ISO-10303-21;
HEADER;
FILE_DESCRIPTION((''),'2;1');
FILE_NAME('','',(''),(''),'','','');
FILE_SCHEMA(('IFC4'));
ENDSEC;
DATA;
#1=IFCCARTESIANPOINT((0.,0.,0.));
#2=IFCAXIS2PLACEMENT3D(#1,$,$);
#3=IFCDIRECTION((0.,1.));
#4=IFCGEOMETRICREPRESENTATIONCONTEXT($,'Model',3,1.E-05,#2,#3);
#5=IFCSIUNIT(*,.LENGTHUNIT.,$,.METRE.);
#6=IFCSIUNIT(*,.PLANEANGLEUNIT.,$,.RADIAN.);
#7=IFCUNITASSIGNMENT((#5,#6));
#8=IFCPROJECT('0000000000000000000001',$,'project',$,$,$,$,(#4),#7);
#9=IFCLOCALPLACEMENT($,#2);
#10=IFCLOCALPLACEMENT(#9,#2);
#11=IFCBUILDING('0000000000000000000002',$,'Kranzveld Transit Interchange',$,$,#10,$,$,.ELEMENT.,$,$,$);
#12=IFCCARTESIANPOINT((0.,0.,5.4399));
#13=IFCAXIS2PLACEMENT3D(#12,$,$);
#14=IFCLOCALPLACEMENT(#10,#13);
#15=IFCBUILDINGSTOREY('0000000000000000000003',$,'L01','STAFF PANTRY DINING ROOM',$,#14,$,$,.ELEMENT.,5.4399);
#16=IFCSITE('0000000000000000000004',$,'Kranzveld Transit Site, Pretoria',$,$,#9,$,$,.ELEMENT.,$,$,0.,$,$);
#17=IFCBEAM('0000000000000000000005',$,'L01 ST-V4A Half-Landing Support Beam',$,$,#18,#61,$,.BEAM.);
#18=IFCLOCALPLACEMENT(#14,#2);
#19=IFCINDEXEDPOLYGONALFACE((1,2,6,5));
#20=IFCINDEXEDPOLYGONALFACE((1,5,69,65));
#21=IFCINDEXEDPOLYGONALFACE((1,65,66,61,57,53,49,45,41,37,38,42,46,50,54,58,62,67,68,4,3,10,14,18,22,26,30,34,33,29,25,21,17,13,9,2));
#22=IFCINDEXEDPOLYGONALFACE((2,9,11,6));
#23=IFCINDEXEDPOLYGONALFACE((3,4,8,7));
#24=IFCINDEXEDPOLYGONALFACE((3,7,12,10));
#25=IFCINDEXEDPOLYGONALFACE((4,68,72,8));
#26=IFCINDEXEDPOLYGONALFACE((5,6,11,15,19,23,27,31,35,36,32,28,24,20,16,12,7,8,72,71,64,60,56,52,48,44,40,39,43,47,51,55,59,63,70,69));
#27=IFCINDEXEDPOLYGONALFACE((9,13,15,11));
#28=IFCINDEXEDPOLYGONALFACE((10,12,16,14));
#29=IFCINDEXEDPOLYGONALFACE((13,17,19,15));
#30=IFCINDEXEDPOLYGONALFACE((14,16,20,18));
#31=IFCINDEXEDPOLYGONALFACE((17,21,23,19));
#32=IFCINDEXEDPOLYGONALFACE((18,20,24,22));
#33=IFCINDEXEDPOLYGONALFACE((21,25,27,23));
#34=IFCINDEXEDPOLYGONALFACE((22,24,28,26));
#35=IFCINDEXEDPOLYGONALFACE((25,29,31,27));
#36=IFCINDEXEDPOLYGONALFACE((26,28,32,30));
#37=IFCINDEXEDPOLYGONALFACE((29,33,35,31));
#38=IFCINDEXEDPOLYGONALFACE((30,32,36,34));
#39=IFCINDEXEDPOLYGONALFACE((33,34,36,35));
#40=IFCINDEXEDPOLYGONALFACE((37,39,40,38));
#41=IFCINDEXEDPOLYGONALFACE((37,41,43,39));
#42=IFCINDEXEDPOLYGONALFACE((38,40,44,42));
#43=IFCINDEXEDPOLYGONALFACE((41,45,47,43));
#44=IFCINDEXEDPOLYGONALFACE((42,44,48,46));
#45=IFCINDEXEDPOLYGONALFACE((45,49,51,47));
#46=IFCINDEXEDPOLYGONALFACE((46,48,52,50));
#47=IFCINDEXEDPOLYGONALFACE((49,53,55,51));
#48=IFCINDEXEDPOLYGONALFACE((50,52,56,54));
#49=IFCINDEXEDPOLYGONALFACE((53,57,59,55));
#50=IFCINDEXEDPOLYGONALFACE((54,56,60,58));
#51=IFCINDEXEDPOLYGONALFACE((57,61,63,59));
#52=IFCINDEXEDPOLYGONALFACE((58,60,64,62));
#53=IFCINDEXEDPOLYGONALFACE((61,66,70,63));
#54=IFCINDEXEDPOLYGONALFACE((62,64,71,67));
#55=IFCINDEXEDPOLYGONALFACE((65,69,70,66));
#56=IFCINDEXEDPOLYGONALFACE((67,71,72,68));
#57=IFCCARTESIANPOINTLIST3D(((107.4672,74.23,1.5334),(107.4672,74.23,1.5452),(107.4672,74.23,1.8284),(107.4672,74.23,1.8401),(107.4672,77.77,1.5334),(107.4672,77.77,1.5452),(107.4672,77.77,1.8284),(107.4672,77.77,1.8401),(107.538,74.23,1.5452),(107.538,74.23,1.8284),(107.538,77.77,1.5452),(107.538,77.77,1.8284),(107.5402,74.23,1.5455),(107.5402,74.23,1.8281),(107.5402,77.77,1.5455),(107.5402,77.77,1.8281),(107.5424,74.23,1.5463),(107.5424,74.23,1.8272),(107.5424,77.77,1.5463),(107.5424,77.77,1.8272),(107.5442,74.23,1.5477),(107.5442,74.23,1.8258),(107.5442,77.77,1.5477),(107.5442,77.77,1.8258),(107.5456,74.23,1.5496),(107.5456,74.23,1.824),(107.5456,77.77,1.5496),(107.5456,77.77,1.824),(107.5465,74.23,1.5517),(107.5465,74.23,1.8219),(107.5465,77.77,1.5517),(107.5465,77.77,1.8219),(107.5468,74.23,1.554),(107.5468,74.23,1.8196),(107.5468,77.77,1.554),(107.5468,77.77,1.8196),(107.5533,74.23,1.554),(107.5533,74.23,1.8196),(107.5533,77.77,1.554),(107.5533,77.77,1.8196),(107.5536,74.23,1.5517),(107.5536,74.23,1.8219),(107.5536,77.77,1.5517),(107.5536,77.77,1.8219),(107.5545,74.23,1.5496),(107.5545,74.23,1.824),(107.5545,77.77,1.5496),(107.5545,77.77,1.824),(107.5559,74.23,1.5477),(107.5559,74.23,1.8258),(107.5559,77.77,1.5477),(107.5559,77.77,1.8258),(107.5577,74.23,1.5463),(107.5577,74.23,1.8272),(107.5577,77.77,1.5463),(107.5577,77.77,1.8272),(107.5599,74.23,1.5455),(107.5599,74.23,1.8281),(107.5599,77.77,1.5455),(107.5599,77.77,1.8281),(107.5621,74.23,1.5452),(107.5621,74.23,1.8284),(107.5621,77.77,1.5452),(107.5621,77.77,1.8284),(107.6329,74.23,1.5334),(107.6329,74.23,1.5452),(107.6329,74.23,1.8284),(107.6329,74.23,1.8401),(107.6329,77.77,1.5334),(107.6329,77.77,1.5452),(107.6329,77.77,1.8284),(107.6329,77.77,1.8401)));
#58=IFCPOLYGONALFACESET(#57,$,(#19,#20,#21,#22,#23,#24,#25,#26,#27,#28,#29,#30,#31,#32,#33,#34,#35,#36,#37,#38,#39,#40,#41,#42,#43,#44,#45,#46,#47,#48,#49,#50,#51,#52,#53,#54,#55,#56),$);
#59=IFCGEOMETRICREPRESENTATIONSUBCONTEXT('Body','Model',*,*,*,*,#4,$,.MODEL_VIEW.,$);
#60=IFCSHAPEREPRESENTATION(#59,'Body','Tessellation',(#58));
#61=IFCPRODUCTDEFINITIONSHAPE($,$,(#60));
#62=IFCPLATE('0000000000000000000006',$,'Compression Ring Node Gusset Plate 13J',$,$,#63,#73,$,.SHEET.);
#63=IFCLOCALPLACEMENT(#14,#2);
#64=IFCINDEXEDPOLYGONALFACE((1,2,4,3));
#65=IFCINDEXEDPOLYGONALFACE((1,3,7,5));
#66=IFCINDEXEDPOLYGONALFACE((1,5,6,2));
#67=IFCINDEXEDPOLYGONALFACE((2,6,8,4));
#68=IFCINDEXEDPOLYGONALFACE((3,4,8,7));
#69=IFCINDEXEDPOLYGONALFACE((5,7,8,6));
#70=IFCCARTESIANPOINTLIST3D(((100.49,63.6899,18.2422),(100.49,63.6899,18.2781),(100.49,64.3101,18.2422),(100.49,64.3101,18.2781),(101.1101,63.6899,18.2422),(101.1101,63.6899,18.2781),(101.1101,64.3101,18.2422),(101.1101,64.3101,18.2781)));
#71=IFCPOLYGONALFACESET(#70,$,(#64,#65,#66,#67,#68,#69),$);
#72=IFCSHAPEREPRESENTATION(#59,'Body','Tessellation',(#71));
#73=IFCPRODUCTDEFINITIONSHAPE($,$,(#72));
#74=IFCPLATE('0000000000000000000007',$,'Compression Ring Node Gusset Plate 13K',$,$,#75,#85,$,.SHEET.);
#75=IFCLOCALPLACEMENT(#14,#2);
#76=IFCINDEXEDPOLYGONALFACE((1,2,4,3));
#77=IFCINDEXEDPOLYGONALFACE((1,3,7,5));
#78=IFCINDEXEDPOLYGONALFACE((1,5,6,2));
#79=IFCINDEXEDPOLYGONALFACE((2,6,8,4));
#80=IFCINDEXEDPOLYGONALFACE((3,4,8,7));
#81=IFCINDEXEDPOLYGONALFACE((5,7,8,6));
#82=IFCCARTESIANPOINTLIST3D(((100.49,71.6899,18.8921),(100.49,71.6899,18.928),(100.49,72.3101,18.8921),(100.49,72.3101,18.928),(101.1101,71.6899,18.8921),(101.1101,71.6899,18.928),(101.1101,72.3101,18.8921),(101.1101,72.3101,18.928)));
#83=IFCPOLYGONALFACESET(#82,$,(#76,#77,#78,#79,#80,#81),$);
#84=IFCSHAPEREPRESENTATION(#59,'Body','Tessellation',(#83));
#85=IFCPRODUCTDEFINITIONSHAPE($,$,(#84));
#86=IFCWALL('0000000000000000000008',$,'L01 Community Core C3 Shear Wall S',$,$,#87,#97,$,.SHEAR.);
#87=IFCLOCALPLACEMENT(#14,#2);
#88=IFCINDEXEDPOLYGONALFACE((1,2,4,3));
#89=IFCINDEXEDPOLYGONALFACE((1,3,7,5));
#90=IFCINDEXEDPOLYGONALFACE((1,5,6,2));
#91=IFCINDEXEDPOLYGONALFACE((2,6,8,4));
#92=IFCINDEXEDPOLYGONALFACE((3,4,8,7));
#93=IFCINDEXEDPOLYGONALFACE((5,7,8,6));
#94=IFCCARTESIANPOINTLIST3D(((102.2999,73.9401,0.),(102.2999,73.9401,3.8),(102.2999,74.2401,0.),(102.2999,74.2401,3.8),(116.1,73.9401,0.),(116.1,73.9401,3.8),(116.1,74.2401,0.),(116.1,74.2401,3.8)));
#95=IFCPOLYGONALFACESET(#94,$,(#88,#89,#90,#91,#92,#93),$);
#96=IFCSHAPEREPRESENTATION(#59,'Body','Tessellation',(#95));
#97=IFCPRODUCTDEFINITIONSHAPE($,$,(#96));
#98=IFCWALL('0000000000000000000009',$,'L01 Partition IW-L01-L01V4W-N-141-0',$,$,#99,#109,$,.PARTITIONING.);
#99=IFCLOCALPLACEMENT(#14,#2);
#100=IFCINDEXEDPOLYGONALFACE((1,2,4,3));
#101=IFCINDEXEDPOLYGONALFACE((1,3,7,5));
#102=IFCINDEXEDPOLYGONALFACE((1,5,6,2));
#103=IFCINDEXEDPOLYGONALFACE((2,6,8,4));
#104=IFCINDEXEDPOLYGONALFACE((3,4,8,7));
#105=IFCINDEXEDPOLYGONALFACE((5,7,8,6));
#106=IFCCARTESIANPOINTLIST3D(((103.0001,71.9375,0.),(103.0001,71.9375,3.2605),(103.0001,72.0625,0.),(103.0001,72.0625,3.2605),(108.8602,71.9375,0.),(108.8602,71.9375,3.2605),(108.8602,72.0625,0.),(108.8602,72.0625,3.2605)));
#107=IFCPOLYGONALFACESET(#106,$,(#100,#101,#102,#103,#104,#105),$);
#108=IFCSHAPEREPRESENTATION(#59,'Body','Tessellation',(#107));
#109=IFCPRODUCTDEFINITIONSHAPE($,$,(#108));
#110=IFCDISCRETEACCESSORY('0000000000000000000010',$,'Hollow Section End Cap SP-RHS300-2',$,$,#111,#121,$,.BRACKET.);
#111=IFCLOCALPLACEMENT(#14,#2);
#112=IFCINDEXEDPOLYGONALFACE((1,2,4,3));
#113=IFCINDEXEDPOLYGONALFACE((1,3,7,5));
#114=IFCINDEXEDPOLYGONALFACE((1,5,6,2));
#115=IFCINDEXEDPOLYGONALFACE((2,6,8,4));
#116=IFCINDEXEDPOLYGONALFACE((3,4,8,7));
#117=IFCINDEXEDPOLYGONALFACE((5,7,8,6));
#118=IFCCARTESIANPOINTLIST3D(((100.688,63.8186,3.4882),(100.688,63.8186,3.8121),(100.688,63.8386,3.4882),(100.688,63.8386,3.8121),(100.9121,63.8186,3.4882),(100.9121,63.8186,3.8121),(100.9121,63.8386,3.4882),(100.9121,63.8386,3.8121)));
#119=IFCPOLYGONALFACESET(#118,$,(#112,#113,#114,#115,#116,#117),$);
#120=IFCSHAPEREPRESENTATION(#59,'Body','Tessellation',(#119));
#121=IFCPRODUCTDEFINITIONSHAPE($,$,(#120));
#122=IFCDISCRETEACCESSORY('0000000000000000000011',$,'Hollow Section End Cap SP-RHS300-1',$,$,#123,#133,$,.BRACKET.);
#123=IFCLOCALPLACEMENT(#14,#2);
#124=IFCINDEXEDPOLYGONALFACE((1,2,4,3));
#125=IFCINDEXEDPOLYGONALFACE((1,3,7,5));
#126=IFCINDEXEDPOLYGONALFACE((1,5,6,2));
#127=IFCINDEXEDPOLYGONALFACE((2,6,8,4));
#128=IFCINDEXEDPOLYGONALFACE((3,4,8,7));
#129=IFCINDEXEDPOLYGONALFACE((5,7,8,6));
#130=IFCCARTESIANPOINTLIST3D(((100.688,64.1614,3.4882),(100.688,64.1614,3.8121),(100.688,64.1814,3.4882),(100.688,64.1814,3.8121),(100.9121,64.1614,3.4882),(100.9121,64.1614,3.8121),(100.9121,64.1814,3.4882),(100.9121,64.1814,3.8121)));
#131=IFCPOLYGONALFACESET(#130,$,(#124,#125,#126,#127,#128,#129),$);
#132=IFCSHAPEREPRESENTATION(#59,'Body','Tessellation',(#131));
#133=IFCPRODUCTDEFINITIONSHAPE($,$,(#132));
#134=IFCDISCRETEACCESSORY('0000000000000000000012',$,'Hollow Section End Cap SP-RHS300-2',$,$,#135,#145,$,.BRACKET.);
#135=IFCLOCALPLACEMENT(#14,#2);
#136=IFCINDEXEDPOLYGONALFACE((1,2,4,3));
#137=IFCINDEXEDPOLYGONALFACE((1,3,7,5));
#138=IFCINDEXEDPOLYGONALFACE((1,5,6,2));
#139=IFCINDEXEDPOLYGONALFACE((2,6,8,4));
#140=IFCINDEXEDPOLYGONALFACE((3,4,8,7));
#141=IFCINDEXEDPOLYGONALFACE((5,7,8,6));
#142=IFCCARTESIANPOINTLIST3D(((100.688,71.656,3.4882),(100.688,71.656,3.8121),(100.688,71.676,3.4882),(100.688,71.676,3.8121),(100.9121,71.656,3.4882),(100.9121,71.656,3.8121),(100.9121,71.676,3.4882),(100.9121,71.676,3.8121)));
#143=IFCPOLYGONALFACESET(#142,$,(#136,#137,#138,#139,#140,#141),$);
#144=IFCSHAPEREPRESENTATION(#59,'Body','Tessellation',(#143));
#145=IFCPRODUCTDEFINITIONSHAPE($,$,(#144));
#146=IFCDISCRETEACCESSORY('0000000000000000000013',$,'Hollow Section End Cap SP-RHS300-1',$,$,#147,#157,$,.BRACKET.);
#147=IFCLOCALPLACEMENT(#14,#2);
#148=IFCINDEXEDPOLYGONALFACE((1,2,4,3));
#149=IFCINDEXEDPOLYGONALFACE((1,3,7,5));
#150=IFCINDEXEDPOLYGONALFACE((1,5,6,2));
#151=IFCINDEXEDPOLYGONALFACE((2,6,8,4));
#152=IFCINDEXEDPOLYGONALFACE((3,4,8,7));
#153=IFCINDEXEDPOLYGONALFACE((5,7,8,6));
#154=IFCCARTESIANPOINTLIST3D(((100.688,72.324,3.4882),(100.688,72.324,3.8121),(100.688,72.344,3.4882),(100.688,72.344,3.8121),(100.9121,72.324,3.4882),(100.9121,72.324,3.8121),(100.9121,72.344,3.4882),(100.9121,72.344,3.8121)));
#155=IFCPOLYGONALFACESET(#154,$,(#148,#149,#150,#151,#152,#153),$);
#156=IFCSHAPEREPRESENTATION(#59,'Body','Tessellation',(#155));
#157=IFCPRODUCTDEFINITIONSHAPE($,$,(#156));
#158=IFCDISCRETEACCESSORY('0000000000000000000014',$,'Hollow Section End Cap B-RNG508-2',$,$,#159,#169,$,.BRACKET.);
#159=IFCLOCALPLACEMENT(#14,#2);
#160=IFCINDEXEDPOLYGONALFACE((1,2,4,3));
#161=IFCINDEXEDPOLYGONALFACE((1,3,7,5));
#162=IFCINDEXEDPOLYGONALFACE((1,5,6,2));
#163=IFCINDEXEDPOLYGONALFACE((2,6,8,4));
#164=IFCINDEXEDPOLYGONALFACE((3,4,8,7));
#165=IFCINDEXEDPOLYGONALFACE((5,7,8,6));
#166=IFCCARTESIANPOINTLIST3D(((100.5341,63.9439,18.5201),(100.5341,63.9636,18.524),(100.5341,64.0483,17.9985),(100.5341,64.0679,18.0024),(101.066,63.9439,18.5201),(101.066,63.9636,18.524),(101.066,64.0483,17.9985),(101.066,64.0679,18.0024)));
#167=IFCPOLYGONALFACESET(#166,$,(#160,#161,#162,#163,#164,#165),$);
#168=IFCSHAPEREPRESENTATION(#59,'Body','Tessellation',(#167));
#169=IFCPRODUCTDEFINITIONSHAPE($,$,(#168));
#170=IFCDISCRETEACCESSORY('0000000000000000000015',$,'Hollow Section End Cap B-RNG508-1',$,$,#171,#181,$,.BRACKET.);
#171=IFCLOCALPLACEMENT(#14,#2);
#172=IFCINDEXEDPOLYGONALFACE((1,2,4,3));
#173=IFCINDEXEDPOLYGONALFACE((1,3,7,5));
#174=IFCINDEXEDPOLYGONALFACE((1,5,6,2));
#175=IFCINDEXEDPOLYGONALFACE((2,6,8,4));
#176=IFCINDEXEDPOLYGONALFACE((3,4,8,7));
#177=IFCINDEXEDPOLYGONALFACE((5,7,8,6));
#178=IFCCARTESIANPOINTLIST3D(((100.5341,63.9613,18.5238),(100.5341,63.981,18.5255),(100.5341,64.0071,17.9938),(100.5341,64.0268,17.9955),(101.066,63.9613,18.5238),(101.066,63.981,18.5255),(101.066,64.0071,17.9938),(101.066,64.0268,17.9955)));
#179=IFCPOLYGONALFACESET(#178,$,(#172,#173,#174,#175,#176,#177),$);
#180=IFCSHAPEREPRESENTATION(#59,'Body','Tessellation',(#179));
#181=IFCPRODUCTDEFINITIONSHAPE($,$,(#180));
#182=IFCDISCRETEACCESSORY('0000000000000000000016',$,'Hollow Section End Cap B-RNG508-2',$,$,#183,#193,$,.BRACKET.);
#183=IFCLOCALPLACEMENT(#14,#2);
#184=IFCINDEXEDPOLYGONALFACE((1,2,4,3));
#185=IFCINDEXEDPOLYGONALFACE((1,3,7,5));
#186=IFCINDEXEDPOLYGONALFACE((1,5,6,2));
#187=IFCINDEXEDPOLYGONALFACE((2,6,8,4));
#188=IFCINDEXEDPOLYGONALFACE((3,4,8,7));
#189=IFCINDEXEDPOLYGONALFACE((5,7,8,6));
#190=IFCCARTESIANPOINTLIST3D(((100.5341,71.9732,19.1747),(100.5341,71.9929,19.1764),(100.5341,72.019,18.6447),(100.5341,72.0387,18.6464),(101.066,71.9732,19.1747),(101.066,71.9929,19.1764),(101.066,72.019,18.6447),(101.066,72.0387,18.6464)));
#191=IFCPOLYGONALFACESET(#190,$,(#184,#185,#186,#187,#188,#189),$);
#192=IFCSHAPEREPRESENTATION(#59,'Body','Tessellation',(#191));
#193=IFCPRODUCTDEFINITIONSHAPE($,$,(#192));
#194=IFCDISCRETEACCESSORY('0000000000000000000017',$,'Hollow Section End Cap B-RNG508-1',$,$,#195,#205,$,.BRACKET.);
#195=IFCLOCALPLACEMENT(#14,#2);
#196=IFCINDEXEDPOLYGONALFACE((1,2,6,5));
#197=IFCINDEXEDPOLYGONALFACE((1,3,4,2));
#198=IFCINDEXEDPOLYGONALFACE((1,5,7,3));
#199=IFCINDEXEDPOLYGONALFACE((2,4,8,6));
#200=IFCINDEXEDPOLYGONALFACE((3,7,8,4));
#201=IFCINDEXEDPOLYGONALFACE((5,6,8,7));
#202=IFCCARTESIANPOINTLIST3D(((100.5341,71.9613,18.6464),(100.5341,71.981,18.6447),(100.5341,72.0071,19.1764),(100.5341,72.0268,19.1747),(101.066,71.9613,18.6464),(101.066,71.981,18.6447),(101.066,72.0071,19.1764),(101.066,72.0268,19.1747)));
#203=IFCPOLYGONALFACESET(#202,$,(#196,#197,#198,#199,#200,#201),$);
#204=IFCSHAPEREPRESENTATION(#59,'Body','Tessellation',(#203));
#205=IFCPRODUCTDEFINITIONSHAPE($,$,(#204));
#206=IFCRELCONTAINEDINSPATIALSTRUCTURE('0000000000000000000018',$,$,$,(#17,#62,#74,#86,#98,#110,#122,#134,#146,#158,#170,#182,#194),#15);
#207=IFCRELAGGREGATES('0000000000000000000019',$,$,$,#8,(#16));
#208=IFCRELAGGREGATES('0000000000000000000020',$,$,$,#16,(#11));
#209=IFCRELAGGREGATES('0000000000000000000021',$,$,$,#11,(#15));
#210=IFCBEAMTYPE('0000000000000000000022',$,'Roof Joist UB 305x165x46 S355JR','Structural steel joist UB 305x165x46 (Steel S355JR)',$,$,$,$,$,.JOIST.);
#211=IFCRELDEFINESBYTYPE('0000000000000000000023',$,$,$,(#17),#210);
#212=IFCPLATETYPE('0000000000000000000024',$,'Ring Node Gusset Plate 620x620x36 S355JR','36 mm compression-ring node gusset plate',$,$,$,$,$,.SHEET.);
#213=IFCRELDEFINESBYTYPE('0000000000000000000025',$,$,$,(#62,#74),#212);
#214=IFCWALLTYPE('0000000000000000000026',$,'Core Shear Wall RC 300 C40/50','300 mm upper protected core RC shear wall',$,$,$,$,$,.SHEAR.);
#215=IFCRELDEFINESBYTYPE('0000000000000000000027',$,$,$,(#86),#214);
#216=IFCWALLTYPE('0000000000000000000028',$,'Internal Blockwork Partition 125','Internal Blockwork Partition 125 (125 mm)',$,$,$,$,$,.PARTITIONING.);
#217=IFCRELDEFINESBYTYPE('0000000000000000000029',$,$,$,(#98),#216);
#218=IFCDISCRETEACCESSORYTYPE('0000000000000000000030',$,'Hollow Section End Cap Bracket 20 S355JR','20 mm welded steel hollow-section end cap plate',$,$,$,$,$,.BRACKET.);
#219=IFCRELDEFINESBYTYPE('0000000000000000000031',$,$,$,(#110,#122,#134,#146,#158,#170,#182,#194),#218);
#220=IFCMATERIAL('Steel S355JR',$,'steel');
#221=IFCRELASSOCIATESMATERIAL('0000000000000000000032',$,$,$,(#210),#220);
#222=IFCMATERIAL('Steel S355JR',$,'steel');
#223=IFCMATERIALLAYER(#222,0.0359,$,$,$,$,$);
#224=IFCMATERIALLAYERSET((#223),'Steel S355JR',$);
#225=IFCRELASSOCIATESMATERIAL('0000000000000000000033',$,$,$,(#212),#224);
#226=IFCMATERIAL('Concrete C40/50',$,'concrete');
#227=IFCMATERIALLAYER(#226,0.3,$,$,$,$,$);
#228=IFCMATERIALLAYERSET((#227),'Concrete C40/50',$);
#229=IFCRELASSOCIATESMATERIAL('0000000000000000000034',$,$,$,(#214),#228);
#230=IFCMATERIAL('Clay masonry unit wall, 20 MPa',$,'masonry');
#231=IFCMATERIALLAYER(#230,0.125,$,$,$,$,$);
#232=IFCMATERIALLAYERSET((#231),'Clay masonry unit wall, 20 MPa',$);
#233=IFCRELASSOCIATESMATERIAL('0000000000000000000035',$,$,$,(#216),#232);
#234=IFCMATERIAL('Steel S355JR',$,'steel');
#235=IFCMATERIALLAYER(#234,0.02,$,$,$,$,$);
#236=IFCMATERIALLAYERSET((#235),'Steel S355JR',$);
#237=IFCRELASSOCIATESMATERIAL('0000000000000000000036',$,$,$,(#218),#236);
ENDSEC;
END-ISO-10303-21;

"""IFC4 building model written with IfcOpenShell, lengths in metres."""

from ifc_helpers import new_model, si_unit, direction, frame, frame_2d, origin, origin_2d, place, context, subcontext, project, spatial, rectangle, i_section, extrude, material, layer, layer_set, material_profile, profile_set, type_object, element, save


model = new_model("IFC4")

# Units and contexts
model_context = context("Model", 3, precision=1e-05, world=origin(), true_north=direction((0.0, 1.0)))
body_context = subcontext(model_context, "Body", "Model", "MODEL_VIEW")
ifc_project = project(units=[si_unit("LENGTHUNIT", "METRE"), si_unit("PLANEANGLEUNIT", "RADIAN")], contexts=[model_context])

# Site, building, storey
site_placement = place(None, origin())
site = spatial("IfcSite", under=ifc_project, at=site_placement, Name="Kranzveld Transit Site, Pretoria", CompositionType="ELEMENT", RefElevation=0.0)
building_placement = place(site_placement, origin())
building = spatial("IfcBuilding", under=site, at=building_placement, Name="Kranzveld Transit Interchange", CompositionType="ELEMENT")
storey_placement = place(building_placement, frame((0.0, 0.0, 5.4399)))
storey = spatial("IfcBuildingStorey", under=building, at=storey_placement, Name="L01", Description="STAFF PANTRY DINING ROOM", CompositionType="ELEMENT", Elevation=5.4399)

# Beam
ifc_material_1 = material(Name="Steel S355JR", Category="steel")
ifc_material_profile_1 = material_profile(ifc_material_1, i_section(OverallWidth=0.1658, OverallDepth=0.3066, WebThickness=0.0066, FlangeThickness=0.0117, FilletRadius=0.0088, at=origin_2d()), Name="UB 305x165x46")
ifc_profile_set_1 = profile_set([ifc_material_profile_1], Name="Steel S355JR")
beam_type_1 = type_object("IfcBeamType", Name="Roof Joist UB 305x165x46 S355JR", Description="Structural steel joist UB 305x165x46 (Steel S355JR)", PredefinedType="JOIST", material=ifc_profile_set_1)
beam_1_placement = place(storey_placement, frame((107.55, 74.23, 1.6868), z_axis=(0.0, 1.0, 0.0), x_axis=(-1.0, 0.0, 0.0)))
element("IfcBeam", 1, at=beam_1_placement, inside=storey, type_object=beam_type_1, Name="L01 ST-V4A Half-Landing Support Beam", PredefinedType="BEAM", context=body_context, shape_type="SweptSolid", body=[
    extrude(i_section(OverallWidth=0.1658, OverallDepth=0.3066, WebThickness=0.0066, FlangeThickness=0.0117, FilletRadius=0.0088, at=origin_2d()), origin(), (0.0, 0.0, 1.0), 3.54),
])

# Plates
ifc_material_2 = material(Name="Steel S355JR", Category="steel")
ifc_layer_1 = layer(ifc_material_2, 0.0359)
ifc_layer_set_1 = layer_set([ifc_layer_1], Name="Steel S355JR")
plate_type = type_object("IfcPlateType", Name="Ring Node Gusset Plate 620x620x36 S355JR", Description="36 mm compression-ring node gusset plate", PredefinedType="SHEET", material=ifc_layer_set_1)
for number, where, z_axis, x_axis, name in (
    (2, (100.8, 64.0, 18.2422), (0.0, 0.0, 1.0), (1.0, 0.0, 0.0), "Compression Ring Node Gusset Plate 13J"),
    (3, (100.8, 72.0, 18.8921), (0.0, 0.0, 1.0), (1.0, 0.0, 0.0), "Compression Ring Node Gusset Plate 13K"),
):
    element("IfcPlate", number, at=place(storey_placement, frame(where, z_axis=z_axis, x_axis=x_axis)), inside=storey, type_object=plate_type, Name=name, PredefinedType="SHEET", context=body_context, shape_type="SweptSolid", body=[
        extrude(rectangle(XDim=0.6201, YDim=0.6201, at=origin_2d()), origin(), (0.0, 0.0, 1.0), 0.0359),
    ])

# Walls
ifc_material_3 = material(Name="Concrete C40/50", Category="concrete")
ifc_layer_2 = layer(ifc_material_3, 0.3)
ifc_layer_set_2 = layer_set([ifc_layer_2], Name="Concrete C40/50")
wall_type_1 = type_object("IfcWallType", Name="Core Shear Wall RC 300 C40/50", Description="300 mm upper protected core RC shear wall", PredefinedType="SHEAR", material=ifc_layer_set_2)
wall_1_placement = place(storey_placement, frame((102.3, 74.0901, 0.0), z_axis=(0.0, 0.0, 1.0), x_axis=(1.0, 0.0, 0.0)))
element("IfcWall", 4, at=wall_1_placement, inside=storey, type_object=wall_type_1, Name="L01 Community Core C3 Shear Wall S", PredefinedType="SHEAR", context=body_context, shape_type="SweptSolid", body=[
    extrude(rectangle(XDim=13.8, YDim=0.3, at=frame_2d((6.8999, 0.0))), origin(), (0.0, 0.0, 1.0), 3.8),
])
ifc_material_4 = material(Name="Clay masonry unit wall, 20 MPa", Category="masonry")
ifc_layer_3 = layer(ifc_material_4, 0.125)
ifc_layer_set_3 = layer_set([ifc_layer_3], Name="Clay masonry unit wall, 20 MPa")
wall_type_2 = type_object("IfcWallType", Name="Internal Blockwork Partition 125", Description="Internal Blockwork Partition 125 (125 mm)", PredefinedType="PARTITIONING", material=ifc_layer_set_3)
wall_2_placement = place(storey_placement, frame((103.0, 72.0, 0.0), z_axis=(0.0, 0.0, 1.0), x_axis=(1.0, 0.0, 0.0)))
element("IfcWall", 5, at=wall_2_placement, inside=storey, type_object=wall_type_2, Name="L01 Partition IW-L01-L01V4W-N-141-0", PredefinedType="PARTITIONING", context=body_context, shape_type="SweptSolid", body=[
    extrude(rectangle(XDim=5.8601, YDim=0.125, at=frame_2d((2.9302, 0.0))), origin(), (0.0, 0.0, 1.0), 3.2605),
])

# Discrete accessories
ifc_material_5 = material(Name="Steel S355JR", Category="steel")
ifc_layer_4 = layer(ifc_material_5, 0.02)
ifc_layer_set_4 = layer_set([ifc_layer_4], Name="Steel S355JR")
discrete_accessory_type = type_object("IfcDiscreteAccessoryType", Name="Hollow Section End Cap Bracket 20 S355JR", Description="20 mm welded steel hollow-section end cap plate", PredefinedType="BRACKET", material=ifc_layer_set_4)
for number, where, z_axis, x_axis, name in (
    (6, (100.8, 63.8186, 3.6501), (0.0, 1.0, 0.0), (-1.0, 0.0, 0.0), "Hollow Section End Cap SP-RHS300-2"),
    (7, (100.8, 64.1814, 3.6501), (0.0, -1.0, 0.0), (1.0, 0.0, 0.0), "Hollow Section End Cap SP-RHS300-1"),
    (8, (100.8, 71.656, 3.6501), (0.0, 1.0, 0.0), (-1.0, 0.0, 0.0), "Hollow Section End Cap SP-RHS300-2"),
    (9, (100.8, 72.344, 3.6501), (0.0, -1.0, 0.0), (1.0, 0.0, 0.0), "Hollow Section End Cap SP-RHS300-1"),
):
    element("IfcDiscreteAccessory", number, at=place(storey_placement, frame(where, z_axis=z_axis, x_axis=x_axis)), inside=storey, type_object=discrete_accessory_type, Name=name, PredefinedType="BRACKET", context=body_context, shape_type="SweptSolid", body=[
        extrude(rectangle(XDim=0.2241, YDim=0.324, at=origin_2d()), origin(), (0.0, 0.0, 1.0), 0.02),
    ])
discrete_accessory_placement = place(storey_placement, frame((100.8, 63.9961, 18.2593), z_axis=(0.0, 0.980581, 0.196116), x_axis=(-1.0, 0.0, 0.0)))
element("IfcDiscreteAccessory", 10, at=discrete_accessory_placement, inside=storey, type_object=discrete_accessory_type, Name="Hollow Section End Cap B-RNG508-2", PredefinedType="BRACKET", context=body_context, shape_type="SweptSolid", body=[
    extrude(rectangle(XDim=0.532, YDim=0.532, at=origin_2d()), origin(), (0.0, 0.0, 1.0), 0.02),
])
for number, where, z_axis, x_axis, name in (
    (11, (100.8, 64.0039, 18.2605), (0.0, -0.996287, -0.086099), (1.0, 0.0, 0.0), "Hollow Section End Cap B-RNG508-1"),
    (12, (100.8, 71.9961, 18.9097), (0.0, 0.996287, 0.086099), (-1.0, 0.0, 0.0), "Hollow Section End Cap B-RNG508-2"),
    (13, (100.8, 72.0039, 18.9097), (0.0, -0.996287, 0.086099), (1.0, 0.0, 0.0), "Hollow Section End Cap B-RNG508-1"),
):
    element("IfcDiscreteAccessory", number, at=place(storey_placement, frame(where, z_axis=z_axis, x_axis=x_axis)), inside=storey, type_object=discrete_accessory_type, Name=name, PredefinedType="BRACKET", context=body_context, shape_type="SweptSolid", body=[
        extrude(rectangle(XDim=0.532, YDim=0.532, at=origin_2d()), origin(), (0.0, 0.0, 1.0), 0.0198),
    ])

save(model, "model.ifc")
